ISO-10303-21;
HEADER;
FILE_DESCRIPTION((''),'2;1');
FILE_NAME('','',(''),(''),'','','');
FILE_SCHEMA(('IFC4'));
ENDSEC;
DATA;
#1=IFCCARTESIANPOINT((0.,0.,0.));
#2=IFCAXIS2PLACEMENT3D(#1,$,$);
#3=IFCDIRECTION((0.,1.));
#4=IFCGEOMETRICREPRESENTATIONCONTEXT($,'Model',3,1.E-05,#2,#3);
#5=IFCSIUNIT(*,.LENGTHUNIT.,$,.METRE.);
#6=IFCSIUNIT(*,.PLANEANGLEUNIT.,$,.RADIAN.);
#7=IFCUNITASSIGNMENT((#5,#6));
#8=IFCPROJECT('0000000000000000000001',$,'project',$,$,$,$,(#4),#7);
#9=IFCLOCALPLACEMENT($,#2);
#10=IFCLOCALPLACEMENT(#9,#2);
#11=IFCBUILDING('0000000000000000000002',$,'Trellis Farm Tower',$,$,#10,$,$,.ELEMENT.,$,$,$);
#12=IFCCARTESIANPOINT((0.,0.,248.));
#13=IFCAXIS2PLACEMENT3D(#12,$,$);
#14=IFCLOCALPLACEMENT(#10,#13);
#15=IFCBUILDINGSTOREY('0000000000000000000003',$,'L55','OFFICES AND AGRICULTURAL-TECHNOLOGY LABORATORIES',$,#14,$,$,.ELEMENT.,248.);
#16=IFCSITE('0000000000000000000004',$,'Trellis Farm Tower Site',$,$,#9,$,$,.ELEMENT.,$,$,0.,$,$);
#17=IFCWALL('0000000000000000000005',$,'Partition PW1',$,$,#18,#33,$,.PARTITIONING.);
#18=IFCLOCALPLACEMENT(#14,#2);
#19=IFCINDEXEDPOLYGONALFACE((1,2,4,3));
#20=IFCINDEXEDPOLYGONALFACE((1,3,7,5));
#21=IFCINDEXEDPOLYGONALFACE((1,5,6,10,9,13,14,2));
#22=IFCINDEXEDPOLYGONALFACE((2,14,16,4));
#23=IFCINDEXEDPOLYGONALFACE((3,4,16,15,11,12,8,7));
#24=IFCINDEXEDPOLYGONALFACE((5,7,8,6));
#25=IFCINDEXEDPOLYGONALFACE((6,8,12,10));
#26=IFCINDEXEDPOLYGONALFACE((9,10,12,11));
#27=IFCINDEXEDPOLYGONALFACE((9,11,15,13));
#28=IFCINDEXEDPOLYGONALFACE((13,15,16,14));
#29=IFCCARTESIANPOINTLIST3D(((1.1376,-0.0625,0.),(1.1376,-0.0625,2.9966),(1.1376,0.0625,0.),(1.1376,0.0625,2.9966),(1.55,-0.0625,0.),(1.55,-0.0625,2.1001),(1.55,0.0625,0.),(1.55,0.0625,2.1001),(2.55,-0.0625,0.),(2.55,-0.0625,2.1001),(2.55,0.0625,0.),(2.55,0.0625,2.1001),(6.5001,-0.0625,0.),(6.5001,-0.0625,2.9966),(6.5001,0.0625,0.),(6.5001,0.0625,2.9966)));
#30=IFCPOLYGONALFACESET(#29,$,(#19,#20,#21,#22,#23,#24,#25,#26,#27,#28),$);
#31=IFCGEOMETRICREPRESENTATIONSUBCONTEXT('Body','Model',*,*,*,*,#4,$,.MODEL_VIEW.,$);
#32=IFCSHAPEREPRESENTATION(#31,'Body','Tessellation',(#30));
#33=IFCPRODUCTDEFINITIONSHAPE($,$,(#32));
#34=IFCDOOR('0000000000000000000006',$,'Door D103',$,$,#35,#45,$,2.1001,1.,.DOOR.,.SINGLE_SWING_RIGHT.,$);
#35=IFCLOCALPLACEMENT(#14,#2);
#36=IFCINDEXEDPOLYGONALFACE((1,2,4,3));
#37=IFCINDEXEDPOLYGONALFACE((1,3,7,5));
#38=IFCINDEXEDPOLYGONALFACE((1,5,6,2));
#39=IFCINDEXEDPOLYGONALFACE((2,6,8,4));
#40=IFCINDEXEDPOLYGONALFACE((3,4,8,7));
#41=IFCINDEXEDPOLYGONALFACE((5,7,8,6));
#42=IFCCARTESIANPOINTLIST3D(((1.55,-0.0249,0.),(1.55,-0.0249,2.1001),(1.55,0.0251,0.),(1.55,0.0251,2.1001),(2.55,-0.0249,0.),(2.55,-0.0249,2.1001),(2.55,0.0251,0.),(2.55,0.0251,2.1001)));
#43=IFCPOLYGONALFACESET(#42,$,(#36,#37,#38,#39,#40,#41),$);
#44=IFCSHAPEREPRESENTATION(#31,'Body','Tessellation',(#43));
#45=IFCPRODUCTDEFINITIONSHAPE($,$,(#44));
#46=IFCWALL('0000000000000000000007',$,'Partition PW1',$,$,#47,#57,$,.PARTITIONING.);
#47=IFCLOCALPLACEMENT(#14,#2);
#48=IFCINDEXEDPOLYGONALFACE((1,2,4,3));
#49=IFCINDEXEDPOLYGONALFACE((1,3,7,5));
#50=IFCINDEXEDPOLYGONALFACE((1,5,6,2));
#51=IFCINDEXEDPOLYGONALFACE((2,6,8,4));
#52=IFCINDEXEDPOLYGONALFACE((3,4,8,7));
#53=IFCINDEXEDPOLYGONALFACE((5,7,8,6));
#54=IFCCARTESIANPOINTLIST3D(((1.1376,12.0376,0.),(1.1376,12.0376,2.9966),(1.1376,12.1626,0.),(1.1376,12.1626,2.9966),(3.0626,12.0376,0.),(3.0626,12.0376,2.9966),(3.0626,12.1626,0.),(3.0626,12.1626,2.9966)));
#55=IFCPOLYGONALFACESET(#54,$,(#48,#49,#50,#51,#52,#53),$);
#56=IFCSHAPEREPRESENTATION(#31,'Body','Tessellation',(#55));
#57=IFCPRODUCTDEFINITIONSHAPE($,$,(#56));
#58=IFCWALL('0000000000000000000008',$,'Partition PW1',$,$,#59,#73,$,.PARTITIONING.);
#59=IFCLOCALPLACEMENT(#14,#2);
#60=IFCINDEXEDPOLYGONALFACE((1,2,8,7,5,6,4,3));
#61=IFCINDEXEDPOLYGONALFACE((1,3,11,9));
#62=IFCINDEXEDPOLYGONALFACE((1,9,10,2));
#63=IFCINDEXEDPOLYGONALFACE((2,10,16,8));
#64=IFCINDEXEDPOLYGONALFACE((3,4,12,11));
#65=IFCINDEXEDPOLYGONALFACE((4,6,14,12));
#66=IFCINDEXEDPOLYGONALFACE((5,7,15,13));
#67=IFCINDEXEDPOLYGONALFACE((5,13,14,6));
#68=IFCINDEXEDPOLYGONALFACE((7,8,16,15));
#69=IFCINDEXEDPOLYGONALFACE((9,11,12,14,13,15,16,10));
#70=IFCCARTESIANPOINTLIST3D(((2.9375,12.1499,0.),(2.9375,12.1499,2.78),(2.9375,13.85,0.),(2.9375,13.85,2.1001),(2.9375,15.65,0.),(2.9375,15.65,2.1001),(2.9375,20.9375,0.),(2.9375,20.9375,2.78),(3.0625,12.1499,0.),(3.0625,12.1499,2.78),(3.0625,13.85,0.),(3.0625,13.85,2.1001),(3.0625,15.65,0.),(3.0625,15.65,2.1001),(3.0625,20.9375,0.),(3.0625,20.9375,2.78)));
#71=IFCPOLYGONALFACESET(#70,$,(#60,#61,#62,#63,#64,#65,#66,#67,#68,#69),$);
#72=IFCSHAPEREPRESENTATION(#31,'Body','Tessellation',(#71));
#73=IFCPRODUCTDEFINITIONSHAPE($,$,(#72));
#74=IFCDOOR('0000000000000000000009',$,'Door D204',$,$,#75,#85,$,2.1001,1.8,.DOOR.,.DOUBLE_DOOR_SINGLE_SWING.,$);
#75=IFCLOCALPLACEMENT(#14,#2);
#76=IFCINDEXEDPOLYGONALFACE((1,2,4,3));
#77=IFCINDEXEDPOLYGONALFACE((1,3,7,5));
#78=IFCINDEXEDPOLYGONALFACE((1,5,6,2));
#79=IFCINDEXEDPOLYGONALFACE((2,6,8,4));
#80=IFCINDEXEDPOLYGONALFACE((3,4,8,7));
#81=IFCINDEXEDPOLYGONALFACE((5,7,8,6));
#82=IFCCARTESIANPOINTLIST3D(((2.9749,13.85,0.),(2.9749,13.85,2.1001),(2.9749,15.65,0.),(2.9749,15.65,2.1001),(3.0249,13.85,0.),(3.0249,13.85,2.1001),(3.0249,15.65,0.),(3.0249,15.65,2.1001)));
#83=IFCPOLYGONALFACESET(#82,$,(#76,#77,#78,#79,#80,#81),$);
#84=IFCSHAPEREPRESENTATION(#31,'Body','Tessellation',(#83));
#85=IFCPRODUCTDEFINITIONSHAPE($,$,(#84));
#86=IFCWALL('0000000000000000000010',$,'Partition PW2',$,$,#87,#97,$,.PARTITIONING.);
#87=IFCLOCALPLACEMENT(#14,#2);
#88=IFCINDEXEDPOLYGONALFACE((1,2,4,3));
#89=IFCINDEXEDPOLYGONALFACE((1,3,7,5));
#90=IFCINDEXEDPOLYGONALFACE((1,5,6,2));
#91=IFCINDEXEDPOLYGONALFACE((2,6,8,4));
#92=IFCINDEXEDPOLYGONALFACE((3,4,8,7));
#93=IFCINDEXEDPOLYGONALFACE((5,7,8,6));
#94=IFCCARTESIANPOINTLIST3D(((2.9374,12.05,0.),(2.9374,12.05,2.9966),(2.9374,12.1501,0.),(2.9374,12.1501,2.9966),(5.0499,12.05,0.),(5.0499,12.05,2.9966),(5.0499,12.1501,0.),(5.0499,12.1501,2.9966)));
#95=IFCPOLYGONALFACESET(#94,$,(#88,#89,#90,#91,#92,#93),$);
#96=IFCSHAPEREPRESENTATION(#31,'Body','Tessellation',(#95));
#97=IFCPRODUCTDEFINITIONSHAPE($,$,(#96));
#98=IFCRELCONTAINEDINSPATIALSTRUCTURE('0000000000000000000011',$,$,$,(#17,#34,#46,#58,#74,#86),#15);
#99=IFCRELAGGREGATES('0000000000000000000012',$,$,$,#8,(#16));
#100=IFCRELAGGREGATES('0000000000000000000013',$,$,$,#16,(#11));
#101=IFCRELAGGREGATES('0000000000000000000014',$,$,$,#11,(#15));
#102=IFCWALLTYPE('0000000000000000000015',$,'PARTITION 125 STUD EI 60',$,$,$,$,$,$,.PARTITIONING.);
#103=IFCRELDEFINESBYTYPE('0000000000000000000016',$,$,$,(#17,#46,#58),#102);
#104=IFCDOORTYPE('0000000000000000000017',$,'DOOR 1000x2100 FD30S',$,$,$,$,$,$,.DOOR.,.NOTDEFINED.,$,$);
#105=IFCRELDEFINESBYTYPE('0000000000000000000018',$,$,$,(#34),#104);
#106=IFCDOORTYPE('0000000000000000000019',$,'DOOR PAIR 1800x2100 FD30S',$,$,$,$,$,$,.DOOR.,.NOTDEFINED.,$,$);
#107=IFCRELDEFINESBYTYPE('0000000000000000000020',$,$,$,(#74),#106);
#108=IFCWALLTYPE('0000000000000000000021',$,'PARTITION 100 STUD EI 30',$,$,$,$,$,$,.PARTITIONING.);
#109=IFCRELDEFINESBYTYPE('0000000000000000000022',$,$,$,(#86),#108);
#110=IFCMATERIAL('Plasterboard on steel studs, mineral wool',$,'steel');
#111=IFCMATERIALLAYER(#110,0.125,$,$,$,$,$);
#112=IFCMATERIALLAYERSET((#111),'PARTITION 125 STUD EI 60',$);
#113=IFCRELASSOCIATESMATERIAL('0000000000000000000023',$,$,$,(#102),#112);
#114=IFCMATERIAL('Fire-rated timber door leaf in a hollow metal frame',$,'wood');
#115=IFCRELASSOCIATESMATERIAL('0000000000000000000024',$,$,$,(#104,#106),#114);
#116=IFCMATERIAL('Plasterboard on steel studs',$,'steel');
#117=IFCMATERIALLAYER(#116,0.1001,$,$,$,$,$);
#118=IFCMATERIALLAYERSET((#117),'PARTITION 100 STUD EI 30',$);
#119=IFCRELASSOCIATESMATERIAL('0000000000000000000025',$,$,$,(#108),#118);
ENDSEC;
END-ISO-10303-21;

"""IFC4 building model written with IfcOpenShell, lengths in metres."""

from ifc_helpers import new_model, si_unit, direction, frame, frame_2d, origin, place, context, subcontext, project, spatial, rectangle, extrude, source, transform, mapped, material, layer, layer_set, type_object, element, fill, save


model = new_model("IFC4")

# Units and contexts
model_context = context("Model", 3, precision=1e-05, world=origin(), true_north=direction((0.0, 1.0)))
body_context = subcontext(model_context, "Body", "Model", "MODEL_VIEW")
ifc_project = project(units=[si_unit("LENGTHUNIT", "METRE"), si_unit("PLANEANGLEUNIT", "RADIAN")], contexts=[model_context])

# Site, building, storey
site_placement = place(None, origin())
site = spatial("IfcSite", under=ifc_project, at=site_placement, Name="Trellis Farm Tower Site", CompositionType="ELEMENT", RefElevation=0.0)
building_placement = place(site_placement, origin())
building = spatial("IfcBuilding", under=site, at=building_placement, Name="Trellis Farm Tower", CompositionType="ELEMENT")
storey_placement = place(building_placement, frame((0.0, 0.0, 248.0)))
storey = spatial("IfcBuildingStorey", under=building, at=storey_placement, Name="L55", Description="OFFICES AND AGRICULTURAL-TECHNOLOGY LABORATORIES", CompositionType="ELEMENT", Elevation=248.0)

# Shared definitions
ifc_material_1 = material(Name="Plasterboard on steel studs, mineral wool", Category="steel")
ifc_layer_1 = layer(ifc_material_1, 0.125)
ifc_layer_set_1 = layer_set([ifc_layer_1], Name="PARTITION 125 STUD EI 60")
wall_type_1 = type_object("IfcWallType", Name="PARTITION 125 STUD EI 60", PredefinedType="PARTITIONING", material=ifc_layer_set_1)

# Wall, opening, door
shared_shape_1 = source(origin(), body_context, "Body", "SweptSolid", [
    extrude(rectangle(XDim=5.3625, YDim=0.125, at=frame_2d((2.6812, 0.0))), origin(), (0.0, 0.0, 1.0), 2.9966),
])
wall_1_placement = place(storey_placement, frame((6.5, 0.0, 0.0), z_axis=(0.0, 0.0, 1.0), x_axis=(-1.0, 0.0, 0.0)))
wall_1 = element("IfcWall", 1, at=wall_1_placement, inside=storey, type_object=wall_type_1, Name="Partition PW1", PredefinedType="PARTITIONING", context=body_context, shape_type="MappedRepresentation", body=[
    mapped(shared_shape_1, transform((0.0, 0.0, 0.0))),
])
shared_shape_2 = source(origin(), body_context, "Body", "SweptSolid", [
    extrude(rectangle(XDim=1.0, YDim=2.1001, at=frame_2d((0.5, 1.05))), frame((0.0, 0.0725, 0.0), z_axis=(0.0, -1.0, 0.0), x_axis=(1.0, 0.0, 0.0)), (0.0, 0.0, 1.0), 0.145),
])
opening_1_placement = place(wall_1_placement, frame((3.95, 0.0, 0.0)))
opening_1 = element("IfcOpeningElement", 2, at=opening_1_placement, cuts=wall_1, PredefinedType="OPENING", context=body_context, shape_type="MappedRepresentation", body=[
    mapped(shared_shape_2, transform((0.0, 0.0, 0.0))),
])
ifc_material_2 = material(Name="Fire-rated timber door leaf in a hollow metal frame", Category="wood")
door_type_1 = type_object("IfcDoorType", Name="DOOR 1000x2100 FD30S", OperationType="NOTDEFINED", PredefinedType="DOOR", material=ifc_material_2)
shared_shape_3 = source(origin(), body_context, "Body", "SweptSolid", [
    extrude(rectangle(XDim=1.0, YDim=2.1001, at=frame_2d((0.5, 1.05))), frame((0.0, 0.0249, 0.0), z_axis=(0.0, -1.0, 0.0), x_axis=(1.0, 0.0, 0.0)), (0.0, 0.0, 1.0), 0.05),
])
door_1_placement = place(opening_1_placement, origin())
door_1 = element("IfcDoor", 3, at=door_1_placement, inside=storey, type_object=door_type_1, Name="Door D103", OperationType="SINGLE_SWING_RIGHT", OverallHeight=2.1001, OverallWidth=1.0, PredefinedType="DOOR", context=body_context, shape_type="MappedRepresentation", body=[
    mapped(shared_shape_3, transform((0.0, 0.0, 0.0))),
])
fill(opening_1, door_1)

# Wall
shared_shape_4 = source(origin(), body_context, "Body", "SweptSolid", [
    extrude(rectangle(XDim=1.925, YDim=0.125, at=frame_2d((0.9624, 0.0))), origin(), (0.0, 0.0, 1.0), 2.9966),
])
wall_2_placement = place(storey_placement, frame((3.0625, 12.1001, 0.0), z_axis=(0.0, 0.0, 1.0), x_axis=(-1.0, 0.0, 0.0)))
element("IfcWall", 4, at=wall_2_placement, inside=storey, type_object=wall_type_1, Name="Partition PW1", PredefinedType="PARTITIONING", context=body_context, shape_type="MappedRepresentation", body=[
    mapped(shared_shape_4, transform((0.0, 0.0, 0.0))),
])

# Wall, opening, door
shared_shape_5 = source(origin(), body_context, "Body", "SweptSolid", [
    extrude(rectangle(XDim=8.7876, YDim=0.125, at=frame_2d((4.3938, 0.0))), origin(), (0.0, 0.0, 1.0), 2.78),
])
wall_3_placement = place(storey_placement, frame((3.0, 20.9375, 0.0), z_axis=(0.0, 0.0, 1.0), x_axis=(0.0, -1.0, 0.0)))
wall_3 = element("IfcWall", 5, at=wall_3_placement, inside=storey, type_object=wall_type_1, Name="Partition PW1", PredefinedType="PARTITIONING", context=body_context, shape_type="MappedRepresentation", body=[
    mapped(shared_shape_5, transform((0.0, 0.0, 0.0))),
])
shared_shape_6 = source(origin(), body_context, "Body", "SweptSolid", [
    extrude(rectangle(XDim=1.8, YDim=2.1001, at=frame_2d((0.8999, 1.05))), frame((0.0, 0.0725, 0.0), z_axis=(0.0, -1.0, 0.0), x_axis=(1.0, 0.0, 0.0)), (0.0, 0.0, 1.0), 0.145),
])
opening_2_placement = place(wall_3_placement, frame((5.2876, 0.0, 0.0)))
opening_2 = element("IfcOpeningElement", 6, at=opening_2_placement, cuts=wall_3, PredefinedType="OPENING", context=body_context, shape_type="MappedRepresentation", body=[
    mapped(shared_shape_6, transform((0.0, 0.0, 0.0))),
])
door_type_2 = type_object("IfcDoorType", Name="DOOR PAIR 1800x2100 FD30S", OperationType="NOTDEFINED", PredefinedType="DOOR", material=ifc_material_2)
shared_shape_7 = source(origin(), body_context, "Body", "SweptSolid", [
    extrude(rectangle(XDim=1.8, YDim=2.1001, at=frame_2d((0.8999, 1.05))), frame((0.0, 0.0249, 0.0), z_axis=(0.0, -1.0, 0.0), x_axis=(1.0, 0.0, 0.0)), (0.0, 0.0, 1.0), 0.05),
])
door_2_placement = place(opening_2_placement, origin())
door_2 = element("IfcDoor", 7, at=door_2_placement, inside=storey, type_object=door_type_2, Name="Door D204", OperationType="DOUBLE_DOOR_SINGLE_SWING", OverallHeight=2.1001, OverallWidth=1.8, PredefinedType="DOOR", context=body_context, shape_type="MappedRepresentation", body=[
    mapped(shared_shape_7, transform((0.0, 0.0, 0.0))),
])
fill(opening_2, door_2)

# Wall
ifc_material_3 = material(Name="Plasterboard on steel studs", Category="steel")
ifc_layer_2 = layer(ifc_material_3, 0.1001)
ifc_layer_set_2 = layer_set([ifc_layer_2], Name="PARTITION 100 STUD EI 30")
wall_type_2 = type_object("IfcWallType", Name="PARTITION 100 STUD EI 30", PredefinedType="PARTITIONING", material=ifc_layer_set_2)
shared_shape_8 = source(origin(), body_context, "Body", "SweptSolid", [
    extrude(rectangle(XDim=2.1125, YDim=0.1001, at=frame_2d((1.0562, 0.0))), origin(), (0.0, 0.0, 1.0), 2.9966),
])
wall_4_placement = place(storey_placement, frame((2.9375, 12.1001, 0.0), z_axis=(0.0, 0.0, 1.0), x_axis=(1.0, 0.0, 0.0)))
element("IfcWall", 8, at=wall_4_placement, inside=storey, type_object=wall_type_2, Name="Partition PW2", PredefinedType="PARTITIONING", context=body_context, shape_type="MappedRepresentation", body=[
    mapped(shared_shape_8, transform((0.0, 0.0, 0.0))),
])

save(model, "model.ifc")
